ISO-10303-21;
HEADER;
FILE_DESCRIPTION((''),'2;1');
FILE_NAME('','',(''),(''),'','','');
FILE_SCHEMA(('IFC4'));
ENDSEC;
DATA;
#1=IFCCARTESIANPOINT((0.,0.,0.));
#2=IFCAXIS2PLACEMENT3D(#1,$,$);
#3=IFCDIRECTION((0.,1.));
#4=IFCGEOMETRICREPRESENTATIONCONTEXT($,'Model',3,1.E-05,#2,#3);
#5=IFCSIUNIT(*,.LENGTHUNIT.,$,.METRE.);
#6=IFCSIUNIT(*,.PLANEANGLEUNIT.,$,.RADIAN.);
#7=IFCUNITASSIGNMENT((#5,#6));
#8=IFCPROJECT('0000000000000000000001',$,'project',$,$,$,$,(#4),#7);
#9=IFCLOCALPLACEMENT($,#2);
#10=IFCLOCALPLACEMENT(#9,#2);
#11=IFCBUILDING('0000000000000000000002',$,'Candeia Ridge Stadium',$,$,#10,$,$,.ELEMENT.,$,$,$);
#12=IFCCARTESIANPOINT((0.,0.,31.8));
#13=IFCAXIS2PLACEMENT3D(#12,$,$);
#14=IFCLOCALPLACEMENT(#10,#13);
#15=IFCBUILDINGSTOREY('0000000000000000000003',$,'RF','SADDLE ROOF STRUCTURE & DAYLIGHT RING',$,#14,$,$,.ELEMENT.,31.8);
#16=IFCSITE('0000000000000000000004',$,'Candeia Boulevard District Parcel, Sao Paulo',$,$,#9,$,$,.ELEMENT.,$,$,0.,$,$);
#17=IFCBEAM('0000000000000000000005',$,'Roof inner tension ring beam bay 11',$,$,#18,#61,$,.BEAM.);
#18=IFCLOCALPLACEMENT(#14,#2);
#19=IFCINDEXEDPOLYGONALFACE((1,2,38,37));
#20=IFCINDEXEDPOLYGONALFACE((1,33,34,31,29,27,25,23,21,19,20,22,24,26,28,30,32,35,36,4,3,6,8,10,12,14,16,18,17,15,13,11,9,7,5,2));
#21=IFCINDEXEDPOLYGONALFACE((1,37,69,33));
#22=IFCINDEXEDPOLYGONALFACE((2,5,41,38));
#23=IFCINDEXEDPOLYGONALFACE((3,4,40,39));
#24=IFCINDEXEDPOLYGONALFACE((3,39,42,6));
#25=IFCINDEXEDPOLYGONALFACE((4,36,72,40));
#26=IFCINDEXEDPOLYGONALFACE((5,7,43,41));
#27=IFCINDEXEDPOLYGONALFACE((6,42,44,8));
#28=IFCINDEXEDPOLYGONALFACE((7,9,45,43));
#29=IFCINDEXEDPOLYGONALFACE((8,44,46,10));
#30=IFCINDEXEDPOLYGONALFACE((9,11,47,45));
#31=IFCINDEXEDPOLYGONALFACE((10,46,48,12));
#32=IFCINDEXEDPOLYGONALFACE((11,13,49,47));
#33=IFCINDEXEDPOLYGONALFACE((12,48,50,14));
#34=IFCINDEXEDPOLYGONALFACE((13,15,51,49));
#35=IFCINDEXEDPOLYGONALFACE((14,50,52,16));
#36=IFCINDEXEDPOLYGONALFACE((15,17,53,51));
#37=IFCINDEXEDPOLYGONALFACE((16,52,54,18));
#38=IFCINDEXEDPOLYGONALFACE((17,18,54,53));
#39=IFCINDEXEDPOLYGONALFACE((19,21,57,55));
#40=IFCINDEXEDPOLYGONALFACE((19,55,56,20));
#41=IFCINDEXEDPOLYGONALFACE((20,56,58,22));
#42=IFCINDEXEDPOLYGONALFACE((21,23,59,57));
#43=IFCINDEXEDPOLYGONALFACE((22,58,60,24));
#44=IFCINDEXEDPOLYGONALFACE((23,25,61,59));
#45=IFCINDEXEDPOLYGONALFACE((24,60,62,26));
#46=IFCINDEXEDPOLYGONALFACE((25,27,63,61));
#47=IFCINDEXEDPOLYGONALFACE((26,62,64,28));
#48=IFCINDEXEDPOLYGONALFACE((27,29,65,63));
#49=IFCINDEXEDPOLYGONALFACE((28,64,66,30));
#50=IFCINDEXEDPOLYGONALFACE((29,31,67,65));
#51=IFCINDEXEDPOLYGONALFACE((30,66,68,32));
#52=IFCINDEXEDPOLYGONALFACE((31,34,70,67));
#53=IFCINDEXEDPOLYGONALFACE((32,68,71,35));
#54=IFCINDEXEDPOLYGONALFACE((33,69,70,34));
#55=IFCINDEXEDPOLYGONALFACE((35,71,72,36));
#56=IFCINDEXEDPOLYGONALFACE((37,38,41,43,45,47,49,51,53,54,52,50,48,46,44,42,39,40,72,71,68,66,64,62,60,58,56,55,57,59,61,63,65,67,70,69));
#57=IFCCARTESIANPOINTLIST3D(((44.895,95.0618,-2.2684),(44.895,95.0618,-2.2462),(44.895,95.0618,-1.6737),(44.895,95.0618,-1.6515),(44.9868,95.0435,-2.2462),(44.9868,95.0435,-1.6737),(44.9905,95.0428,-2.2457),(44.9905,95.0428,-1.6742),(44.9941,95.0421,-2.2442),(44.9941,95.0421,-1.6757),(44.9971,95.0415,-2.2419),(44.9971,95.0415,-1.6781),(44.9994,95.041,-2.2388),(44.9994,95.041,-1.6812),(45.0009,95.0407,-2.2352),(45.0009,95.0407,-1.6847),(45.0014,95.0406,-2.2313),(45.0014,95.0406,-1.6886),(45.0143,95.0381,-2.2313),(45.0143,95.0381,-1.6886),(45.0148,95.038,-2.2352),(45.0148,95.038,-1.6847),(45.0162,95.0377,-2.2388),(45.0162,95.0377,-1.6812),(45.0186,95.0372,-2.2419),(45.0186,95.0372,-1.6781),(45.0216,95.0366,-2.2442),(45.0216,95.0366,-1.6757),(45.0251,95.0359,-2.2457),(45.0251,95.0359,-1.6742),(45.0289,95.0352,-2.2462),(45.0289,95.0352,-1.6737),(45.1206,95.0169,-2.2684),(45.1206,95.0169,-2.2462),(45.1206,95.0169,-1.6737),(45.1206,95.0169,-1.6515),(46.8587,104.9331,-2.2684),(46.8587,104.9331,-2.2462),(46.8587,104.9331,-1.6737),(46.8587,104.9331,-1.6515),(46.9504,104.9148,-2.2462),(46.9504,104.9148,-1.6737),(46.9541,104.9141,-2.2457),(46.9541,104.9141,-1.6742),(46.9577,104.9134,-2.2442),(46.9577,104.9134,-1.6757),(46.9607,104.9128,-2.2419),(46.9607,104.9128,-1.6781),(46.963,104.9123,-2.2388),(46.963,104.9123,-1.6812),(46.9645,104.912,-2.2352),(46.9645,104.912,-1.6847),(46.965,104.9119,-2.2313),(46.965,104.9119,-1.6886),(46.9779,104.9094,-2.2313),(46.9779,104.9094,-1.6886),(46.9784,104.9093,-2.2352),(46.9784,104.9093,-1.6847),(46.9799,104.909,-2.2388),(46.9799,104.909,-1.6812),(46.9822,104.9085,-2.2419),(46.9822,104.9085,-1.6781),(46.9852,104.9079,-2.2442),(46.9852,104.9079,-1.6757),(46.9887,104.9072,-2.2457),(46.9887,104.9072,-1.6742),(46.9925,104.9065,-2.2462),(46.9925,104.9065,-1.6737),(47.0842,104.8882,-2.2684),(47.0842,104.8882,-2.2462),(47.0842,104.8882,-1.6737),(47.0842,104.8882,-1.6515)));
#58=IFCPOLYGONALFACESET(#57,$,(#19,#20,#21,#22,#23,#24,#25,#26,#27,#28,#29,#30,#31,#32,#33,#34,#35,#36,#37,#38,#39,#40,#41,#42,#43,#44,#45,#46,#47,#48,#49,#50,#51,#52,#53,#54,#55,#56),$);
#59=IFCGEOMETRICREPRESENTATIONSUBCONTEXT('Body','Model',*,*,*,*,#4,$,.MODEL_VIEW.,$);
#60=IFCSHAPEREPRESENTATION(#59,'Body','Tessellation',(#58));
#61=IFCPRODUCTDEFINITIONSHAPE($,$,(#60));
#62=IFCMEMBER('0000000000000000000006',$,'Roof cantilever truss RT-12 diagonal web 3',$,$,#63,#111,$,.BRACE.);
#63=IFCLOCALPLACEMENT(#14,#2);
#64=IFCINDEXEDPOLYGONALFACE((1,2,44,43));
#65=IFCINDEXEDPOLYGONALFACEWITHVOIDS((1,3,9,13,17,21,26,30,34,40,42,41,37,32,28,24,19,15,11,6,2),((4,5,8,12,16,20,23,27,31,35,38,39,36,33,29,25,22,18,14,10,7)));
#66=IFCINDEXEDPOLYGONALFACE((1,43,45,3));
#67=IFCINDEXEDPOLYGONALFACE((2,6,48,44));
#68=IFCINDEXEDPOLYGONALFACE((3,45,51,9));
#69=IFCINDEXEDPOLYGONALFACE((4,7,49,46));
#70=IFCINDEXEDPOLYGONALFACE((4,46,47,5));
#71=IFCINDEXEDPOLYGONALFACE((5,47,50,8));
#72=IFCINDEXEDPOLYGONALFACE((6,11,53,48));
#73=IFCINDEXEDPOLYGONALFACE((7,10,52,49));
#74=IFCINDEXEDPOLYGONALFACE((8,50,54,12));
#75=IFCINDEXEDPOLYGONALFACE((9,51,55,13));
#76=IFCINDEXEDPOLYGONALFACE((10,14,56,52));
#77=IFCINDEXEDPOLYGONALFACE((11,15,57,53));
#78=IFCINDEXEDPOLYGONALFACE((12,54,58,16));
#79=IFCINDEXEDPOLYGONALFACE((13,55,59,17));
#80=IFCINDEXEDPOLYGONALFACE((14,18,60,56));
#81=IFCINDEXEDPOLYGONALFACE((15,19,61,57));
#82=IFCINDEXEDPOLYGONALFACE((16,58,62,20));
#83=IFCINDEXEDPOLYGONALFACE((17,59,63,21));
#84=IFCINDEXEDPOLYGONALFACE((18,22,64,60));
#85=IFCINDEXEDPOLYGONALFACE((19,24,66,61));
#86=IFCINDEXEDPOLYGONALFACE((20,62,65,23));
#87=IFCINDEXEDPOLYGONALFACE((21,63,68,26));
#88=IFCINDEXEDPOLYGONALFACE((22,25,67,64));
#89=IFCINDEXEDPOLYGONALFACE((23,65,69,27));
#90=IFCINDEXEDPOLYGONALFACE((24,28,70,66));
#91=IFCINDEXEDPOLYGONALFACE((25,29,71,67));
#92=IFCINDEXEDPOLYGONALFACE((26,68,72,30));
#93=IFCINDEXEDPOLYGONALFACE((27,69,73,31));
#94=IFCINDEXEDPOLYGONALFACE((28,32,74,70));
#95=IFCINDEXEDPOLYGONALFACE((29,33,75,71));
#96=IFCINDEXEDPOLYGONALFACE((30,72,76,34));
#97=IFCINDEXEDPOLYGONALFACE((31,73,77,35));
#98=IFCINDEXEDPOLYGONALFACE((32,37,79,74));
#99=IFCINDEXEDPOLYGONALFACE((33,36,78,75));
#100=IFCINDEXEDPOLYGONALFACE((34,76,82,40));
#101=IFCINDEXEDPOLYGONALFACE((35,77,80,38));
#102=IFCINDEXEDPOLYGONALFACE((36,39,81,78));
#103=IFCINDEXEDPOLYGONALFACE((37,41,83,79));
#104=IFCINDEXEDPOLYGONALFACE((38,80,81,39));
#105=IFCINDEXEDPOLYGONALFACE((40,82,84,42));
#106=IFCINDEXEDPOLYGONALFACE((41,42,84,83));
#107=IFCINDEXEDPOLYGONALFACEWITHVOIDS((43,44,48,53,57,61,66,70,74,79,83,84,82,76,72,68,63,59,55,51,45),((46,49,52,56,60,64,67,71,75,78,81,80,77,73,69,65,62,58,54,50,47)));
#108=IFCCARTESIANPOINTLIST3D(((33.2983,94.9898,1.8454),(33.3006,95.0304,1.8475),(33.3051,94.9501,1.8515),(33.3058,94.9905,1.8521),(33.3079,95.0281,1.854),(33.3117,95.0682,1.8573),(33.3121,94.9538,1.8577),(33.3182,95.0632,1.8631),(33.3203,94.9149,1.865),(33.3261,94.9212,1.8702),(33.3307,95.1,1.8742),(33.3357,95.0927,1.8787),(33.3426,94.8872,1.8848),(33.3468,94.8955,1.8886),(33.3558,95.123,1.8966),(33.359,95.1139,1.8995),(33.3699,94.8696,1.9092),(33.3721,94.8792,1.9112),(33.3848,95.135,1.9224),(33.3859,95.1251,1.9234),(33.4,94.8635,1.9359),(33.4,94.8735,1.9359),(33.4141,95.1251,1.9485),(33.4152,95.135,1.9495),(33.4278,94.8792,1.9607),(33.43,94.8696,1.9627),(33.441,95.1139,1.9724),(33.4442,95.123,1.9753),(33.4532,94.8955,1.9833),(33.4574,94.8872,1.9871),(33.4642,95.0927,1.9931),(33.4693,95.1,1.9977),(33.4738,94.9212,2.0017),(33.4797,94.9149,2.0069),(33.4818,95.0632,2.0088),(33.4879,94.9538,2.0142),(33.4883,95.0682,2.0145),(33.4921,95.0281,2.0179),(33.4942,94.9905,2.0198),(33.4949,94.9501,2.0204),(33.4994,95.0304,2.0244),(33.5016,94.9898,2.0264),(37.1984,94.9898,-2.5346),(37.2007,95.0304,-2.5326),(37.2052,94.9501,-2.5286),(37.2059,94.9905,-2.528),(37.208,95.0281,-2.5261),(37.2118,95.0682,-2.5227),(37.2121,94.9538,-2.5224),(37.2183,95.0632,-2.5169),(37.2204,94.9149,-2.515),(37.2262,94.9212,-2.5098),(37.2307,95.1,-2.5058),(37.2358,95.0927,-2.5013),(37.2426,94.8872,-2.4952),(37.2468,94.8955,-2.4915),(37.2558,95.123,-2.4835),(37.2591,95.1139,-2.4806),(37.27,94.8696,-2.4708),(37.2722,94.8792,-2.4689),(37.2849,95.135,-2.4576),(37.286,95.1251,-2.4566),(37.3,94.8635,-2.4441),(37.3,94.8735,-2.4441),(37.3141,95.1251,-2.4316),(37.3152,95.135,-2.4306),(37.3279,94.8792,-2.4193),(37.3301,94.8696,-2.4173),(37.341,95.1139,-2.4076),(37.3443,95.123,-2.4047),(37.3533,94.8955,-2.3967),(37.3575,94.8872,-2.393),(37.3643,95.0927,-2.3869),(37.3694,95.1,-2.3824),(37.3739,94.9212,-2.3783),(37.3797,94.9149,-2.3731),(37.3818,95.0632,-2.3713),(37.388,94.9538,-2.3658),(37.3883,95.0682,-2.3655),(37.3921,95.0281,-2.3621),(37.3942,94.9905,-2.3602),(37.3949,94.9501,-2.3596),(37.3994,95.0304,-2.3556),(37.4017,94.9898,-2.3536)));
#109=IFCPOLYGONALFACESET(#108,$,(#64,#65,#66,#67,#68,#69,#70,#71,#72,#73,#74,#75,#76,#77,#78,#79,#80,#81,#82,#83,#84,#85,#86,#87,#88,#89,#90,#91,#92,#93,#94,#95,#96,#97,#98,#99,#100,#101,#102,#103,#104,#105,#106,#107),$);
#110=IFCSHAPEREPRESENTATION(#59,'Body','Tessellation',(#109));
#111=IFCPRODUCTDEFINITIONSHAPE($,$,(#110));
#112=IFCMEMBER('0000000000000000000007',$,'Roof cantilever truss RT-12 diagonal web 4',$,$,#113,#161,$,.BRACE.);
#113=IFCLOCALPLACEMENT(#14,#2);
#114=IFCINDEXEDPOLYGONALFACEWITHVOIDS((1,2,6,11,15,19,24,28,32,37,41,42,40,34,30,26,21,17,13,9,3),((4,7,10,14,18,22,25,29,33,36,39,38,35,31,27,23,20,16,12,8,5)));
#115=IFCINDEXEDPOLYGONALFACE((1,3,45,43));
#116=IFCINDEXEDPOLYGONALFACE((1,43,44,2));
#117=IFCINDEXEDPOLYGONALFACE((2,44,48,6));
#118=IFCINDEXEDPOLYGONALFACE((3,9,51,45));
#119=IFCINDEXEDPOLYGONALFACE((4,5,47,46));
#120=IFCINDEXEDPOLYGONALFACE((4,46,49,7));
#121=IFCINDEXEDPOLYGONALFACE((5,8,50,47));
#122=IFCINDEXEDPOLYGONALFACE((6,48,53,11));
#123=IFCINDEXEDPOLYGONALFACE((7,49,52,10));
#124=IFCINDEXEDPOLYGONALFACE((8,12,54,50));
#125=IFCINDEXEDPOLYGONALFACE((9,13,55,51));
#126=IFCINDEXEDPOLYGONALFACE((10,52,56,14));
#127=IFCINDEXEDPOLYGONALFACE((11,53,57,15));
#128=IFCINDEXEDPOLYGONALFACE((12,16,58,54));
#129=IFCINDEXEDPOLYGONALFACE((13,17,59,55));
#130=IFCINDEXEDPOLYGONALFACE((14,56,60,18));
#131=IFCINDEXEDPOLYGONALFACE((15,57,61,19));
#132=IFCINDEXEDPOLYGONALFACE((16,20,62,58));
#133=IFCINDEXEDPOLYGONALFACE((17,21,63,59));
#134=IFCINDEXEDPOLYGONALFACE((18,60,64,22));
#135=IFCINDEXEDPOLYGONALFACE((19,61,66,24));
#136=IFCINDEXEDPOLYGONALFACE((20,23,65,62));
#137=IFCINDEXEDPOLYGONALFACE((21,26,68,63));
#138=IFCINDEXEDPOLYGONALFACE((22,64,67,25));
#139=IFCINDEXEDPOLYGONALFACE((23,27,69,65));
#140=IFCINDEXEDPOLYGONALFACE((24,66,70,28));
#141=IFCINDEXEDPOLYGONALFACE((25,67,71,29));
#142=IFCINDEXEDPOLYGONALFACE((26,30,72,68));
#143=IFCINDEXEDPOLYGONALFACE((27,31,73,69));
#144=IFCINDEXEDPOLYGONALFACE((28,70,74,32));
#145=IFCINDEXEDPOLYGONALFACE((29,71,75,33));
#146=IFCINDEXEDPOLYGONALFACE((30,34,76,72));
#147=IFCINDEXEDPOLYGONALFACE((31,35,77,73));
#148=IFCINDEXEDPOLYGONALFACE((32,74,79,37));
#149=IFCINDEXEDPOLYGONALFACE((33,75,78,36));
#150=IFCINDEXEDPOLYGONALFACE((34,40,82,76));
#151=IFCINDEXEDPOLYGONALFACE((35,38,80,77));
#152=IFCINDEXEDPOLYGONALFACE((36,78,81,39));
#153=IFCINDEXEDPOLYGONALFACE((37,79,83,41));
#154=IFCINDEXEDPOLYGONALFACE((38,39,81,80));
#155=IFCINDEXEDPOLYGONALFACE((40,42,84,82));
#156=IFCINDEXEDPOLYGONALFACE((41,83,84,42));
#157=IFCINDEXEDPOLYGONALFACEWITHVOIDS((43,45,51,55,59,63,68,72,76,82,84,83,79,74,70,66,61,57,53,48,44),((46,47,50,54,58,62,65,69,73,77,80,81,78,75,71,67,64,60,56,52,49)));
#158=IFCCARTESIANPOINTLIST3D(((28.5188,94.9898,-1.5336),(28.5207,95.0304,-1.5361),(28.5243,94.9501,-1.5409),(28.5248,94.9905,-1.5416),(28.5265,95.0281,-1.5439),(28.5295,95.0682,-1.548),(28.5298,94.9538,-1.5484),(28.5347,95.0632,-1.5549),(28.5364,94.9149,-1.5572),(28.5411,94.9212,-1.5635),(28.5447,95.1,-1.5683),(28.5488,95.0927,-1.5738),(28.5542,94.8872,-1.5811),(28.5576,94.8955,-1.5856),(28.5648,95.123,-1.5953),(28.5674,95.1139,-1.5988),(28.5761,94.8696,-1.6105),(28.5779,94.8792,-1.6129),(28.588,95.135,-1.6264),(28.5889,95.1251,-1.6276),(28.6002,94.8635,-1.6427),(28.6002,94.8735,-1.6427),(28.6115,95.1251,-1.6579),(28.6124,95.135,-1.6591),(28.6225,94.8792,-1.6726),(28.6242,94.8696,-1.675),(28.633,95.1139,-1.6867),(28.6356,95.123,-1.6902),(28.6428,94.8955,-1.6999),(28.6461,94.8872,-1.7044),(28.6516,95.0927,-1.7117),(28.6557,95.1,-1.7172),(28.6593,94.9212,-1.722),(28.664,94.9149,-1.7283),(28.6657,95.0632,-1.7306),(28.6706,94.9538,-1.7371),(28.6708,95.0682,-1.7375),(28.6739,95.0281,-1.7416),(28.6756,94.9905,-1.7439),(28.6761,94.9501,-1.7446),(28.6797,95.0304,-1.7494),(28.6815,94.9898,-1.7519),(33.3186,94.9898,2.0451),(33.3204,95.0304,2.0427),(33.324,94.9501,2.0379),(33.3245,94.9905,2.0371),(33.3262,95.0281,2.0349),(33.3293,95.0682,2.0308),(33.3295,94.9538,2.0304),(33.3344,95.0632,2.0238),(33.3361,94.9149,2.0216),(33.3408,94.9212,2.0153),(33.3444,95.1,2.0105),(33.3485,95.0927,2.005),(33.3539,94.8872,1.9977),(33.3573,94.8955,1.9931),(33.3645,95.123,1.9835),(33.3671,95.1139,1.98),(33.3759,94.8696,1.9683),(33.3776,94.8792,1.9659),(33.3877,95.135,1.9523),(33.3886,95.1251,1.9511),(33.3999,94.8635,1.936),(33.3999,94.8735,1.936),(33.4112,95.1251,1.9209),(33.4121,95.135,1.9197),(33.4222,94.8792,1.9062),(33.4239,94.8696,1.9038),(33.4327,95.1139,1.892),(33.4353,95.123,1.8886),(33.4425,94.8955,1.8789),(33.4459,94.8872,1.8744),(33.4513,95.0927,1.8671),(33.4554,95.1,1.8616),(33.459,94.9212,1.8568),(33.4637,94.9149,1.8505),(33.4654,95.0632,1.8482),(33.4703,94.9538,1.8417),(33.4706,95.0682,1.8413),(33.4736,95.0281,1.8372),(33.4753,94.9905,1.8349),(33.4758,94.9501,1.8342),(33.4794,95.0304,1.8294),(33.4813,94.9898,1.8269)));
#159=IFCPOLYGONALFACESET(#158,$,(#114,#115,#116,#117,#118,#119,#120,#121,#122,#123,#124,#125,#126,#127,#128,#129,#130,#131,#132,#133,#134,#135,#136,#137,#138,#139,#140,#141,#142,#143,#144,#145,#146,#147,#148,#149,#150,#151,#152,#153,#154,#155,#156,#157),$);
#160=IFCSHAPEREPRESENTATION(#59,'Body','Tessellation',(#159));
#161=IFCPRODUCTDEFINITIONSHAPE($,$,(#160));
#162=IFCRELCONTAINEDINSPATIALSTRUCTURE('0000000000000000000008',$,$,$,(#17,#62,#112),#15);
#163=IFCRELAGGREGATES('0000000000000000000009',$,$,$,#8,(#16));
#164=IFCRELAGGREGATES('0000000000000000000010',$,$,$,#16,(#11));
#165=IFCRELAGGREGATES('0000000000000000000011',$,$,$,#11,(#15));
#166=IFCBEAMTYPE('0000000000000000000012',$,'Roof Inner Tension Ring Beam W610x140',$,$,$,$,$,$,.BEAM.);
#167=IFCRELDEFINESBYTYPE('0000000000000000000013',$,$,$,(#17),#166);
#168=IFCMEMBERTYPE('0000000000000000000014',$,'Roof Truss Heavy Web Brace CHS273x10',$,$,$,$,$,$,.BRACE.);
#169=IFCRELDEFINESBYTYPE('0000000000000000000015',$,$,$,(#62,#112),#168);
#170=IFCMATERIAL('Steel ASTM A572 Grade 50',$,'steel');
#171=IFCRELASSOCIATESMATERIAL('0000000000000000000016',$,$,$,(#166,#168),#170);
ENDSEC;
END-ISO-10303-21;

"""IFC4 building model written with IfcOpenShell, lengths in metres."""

from ifc_helpers import new_model, si_unit, direction, frame, origin, origin_2d, place, context, subcontext, project, spatial, hollow_circle, i_section, extrude, material, material_profile, profile_set, type_object, element, save


model = new_model("IFC4")

# Units and contexts
model_context = context("Model", 3, precision=1e-05, world=origin(), true_north=direction((0.0, 1.0)))
body_context = subcontext(model_context, "Body", "Model", "MODEL_VIEW")
ifc_project = project(units=[si_unit("LENGTHUNIT", "METRE"), si_unit("PLANEANGLEUNIT", "RADIAN")], contexts=[model_context])

# Site, building, storey
site_placement = place(None, origin())
site = spatial("IfcSite", under=ifc_project, at=site_placement, Name="Candeia Boulevard District Parcel, Sao Paulo", CompositionType="ELEMENT", RefElevation=0.0)
building_placement = place(site_placement, origin())
building = spatial("IfcBuilding", under=site, at=building_placement, Name="Candeia Ridge Stadium", CompositionType="ELEMENT")
storey_placement = place(building_placement, frame((0.0, 0.0, 31.8)))
storey = spatial("IfcBuildingStorey", under=building, at=storey_placement, Name="RF", Description="SADDLE ROOF STRUCTURE & DAYLIGHT RING", CompositionType="ELEMENT", Elevation=31.8)

# Beam
ifc_material_1 = material(Name="Steel ASTM A572 Grade 50", Category="steel")
ifc_material_profile_1 = material_profile(ifc_material_1, i_section(OverallWidth=0.23, OverallDepth=0.6169, WebThickness=0.0132, FlangeThickness=0.0222, FilletRadius=0.0149, at=origin_2d()), Name="W610x140", Category="steel")
ifc_profile_set_1 = profile_set([ifc_material_profile_1], Name="Steel ASTM A572 Grade 50")
beam_type = type_object("IfcBeamType", Name="Roof Inner Tension Ring Beam W610x140", PredefinedType="BEAM", material=ifc_profile_set_1)
beam_placement = place(storey_placement, frame((46.9714, 104.9106, -1.96), z_axis=(-0.195099, -0.980784, 0.0), x_axis=(0.980784, -0.195099, 0.0)))
element("IfcBeam", 1, at=beam_placement, inside=storey, type_object=beam_type, Name="Roof inner tension ring beam bay 11", PredefinedType="BEAM", context=body_context, shape_type="SweptSolid", body=[
    extrude(i_section(OverallWidth=0.23, OverallDepth=0.6169, WebThickness=0.0132, FlangeThickness=0.0222, FilletRadius=0.0149, at=origin_2d()), origin(), (0.0, 0.0, 1.0), 10.0647),
])

# Members
ifc_material_profile_2 = material_profile(ifc_material_1, hollow_circle(Radius=0.1365, WallThickness=0.01, at=origin_2d()), Name="CHS273x10", Category="steel")
ifc_profile_set_2 = profile_set([ifc_material_profile_2], Name="Steel ASTM A572 Grade 50")
member_type_1 = type_object("IfcMemberType", Name="Roof Truss Heavy Web Brace CHS273x10", PredefinedType="BRACE", material=ifc_profile_set_2)
member_1_placement = place(storey_placement, frame((37.3, 95.0, -2.4441), z_axis=(-0.665002, 0.0, 0.746842), x_axis=(0.0, -1.0, 0.0)))
element("IfcMember", 2, at=member_1_placement, inside=storey, type_object=member_type_1, Name="Roof cantilever truss RT-12 diagonal web 3", PredefinedType="BRACE", context=body_context, shape_type="SweptSolid", body=[
    extrude(hollow_circle(Radius=0.1365, WallThickness=0.01, at=origin_2d()), origin(), (0.0, 0.0, 1.0), 5.8647),
])
member_2_placement = place(storey_placement, frame((33.3999, 95.0, 1.936), z_axis=(-0.80168, 0.0, -0.597753), x_axis=(0.0, -1.0, 0.0)))
element("IfcMember", 3, at=member_2_placement, inside=storey, type_object=member_type_1, Name="Roof cantilever truss RT-12 diagonal web 4", PredefinedType="BRACE", context=body_context, shape_type="SweptSolid", body=[
    extrude(hollow_circle(Radius=0.1365, WallThickness=0.01, at=origin_2d()), origin(), (0.0, 0.0, 1.0), 5.9871),
])

save(model, "model.ifc")
